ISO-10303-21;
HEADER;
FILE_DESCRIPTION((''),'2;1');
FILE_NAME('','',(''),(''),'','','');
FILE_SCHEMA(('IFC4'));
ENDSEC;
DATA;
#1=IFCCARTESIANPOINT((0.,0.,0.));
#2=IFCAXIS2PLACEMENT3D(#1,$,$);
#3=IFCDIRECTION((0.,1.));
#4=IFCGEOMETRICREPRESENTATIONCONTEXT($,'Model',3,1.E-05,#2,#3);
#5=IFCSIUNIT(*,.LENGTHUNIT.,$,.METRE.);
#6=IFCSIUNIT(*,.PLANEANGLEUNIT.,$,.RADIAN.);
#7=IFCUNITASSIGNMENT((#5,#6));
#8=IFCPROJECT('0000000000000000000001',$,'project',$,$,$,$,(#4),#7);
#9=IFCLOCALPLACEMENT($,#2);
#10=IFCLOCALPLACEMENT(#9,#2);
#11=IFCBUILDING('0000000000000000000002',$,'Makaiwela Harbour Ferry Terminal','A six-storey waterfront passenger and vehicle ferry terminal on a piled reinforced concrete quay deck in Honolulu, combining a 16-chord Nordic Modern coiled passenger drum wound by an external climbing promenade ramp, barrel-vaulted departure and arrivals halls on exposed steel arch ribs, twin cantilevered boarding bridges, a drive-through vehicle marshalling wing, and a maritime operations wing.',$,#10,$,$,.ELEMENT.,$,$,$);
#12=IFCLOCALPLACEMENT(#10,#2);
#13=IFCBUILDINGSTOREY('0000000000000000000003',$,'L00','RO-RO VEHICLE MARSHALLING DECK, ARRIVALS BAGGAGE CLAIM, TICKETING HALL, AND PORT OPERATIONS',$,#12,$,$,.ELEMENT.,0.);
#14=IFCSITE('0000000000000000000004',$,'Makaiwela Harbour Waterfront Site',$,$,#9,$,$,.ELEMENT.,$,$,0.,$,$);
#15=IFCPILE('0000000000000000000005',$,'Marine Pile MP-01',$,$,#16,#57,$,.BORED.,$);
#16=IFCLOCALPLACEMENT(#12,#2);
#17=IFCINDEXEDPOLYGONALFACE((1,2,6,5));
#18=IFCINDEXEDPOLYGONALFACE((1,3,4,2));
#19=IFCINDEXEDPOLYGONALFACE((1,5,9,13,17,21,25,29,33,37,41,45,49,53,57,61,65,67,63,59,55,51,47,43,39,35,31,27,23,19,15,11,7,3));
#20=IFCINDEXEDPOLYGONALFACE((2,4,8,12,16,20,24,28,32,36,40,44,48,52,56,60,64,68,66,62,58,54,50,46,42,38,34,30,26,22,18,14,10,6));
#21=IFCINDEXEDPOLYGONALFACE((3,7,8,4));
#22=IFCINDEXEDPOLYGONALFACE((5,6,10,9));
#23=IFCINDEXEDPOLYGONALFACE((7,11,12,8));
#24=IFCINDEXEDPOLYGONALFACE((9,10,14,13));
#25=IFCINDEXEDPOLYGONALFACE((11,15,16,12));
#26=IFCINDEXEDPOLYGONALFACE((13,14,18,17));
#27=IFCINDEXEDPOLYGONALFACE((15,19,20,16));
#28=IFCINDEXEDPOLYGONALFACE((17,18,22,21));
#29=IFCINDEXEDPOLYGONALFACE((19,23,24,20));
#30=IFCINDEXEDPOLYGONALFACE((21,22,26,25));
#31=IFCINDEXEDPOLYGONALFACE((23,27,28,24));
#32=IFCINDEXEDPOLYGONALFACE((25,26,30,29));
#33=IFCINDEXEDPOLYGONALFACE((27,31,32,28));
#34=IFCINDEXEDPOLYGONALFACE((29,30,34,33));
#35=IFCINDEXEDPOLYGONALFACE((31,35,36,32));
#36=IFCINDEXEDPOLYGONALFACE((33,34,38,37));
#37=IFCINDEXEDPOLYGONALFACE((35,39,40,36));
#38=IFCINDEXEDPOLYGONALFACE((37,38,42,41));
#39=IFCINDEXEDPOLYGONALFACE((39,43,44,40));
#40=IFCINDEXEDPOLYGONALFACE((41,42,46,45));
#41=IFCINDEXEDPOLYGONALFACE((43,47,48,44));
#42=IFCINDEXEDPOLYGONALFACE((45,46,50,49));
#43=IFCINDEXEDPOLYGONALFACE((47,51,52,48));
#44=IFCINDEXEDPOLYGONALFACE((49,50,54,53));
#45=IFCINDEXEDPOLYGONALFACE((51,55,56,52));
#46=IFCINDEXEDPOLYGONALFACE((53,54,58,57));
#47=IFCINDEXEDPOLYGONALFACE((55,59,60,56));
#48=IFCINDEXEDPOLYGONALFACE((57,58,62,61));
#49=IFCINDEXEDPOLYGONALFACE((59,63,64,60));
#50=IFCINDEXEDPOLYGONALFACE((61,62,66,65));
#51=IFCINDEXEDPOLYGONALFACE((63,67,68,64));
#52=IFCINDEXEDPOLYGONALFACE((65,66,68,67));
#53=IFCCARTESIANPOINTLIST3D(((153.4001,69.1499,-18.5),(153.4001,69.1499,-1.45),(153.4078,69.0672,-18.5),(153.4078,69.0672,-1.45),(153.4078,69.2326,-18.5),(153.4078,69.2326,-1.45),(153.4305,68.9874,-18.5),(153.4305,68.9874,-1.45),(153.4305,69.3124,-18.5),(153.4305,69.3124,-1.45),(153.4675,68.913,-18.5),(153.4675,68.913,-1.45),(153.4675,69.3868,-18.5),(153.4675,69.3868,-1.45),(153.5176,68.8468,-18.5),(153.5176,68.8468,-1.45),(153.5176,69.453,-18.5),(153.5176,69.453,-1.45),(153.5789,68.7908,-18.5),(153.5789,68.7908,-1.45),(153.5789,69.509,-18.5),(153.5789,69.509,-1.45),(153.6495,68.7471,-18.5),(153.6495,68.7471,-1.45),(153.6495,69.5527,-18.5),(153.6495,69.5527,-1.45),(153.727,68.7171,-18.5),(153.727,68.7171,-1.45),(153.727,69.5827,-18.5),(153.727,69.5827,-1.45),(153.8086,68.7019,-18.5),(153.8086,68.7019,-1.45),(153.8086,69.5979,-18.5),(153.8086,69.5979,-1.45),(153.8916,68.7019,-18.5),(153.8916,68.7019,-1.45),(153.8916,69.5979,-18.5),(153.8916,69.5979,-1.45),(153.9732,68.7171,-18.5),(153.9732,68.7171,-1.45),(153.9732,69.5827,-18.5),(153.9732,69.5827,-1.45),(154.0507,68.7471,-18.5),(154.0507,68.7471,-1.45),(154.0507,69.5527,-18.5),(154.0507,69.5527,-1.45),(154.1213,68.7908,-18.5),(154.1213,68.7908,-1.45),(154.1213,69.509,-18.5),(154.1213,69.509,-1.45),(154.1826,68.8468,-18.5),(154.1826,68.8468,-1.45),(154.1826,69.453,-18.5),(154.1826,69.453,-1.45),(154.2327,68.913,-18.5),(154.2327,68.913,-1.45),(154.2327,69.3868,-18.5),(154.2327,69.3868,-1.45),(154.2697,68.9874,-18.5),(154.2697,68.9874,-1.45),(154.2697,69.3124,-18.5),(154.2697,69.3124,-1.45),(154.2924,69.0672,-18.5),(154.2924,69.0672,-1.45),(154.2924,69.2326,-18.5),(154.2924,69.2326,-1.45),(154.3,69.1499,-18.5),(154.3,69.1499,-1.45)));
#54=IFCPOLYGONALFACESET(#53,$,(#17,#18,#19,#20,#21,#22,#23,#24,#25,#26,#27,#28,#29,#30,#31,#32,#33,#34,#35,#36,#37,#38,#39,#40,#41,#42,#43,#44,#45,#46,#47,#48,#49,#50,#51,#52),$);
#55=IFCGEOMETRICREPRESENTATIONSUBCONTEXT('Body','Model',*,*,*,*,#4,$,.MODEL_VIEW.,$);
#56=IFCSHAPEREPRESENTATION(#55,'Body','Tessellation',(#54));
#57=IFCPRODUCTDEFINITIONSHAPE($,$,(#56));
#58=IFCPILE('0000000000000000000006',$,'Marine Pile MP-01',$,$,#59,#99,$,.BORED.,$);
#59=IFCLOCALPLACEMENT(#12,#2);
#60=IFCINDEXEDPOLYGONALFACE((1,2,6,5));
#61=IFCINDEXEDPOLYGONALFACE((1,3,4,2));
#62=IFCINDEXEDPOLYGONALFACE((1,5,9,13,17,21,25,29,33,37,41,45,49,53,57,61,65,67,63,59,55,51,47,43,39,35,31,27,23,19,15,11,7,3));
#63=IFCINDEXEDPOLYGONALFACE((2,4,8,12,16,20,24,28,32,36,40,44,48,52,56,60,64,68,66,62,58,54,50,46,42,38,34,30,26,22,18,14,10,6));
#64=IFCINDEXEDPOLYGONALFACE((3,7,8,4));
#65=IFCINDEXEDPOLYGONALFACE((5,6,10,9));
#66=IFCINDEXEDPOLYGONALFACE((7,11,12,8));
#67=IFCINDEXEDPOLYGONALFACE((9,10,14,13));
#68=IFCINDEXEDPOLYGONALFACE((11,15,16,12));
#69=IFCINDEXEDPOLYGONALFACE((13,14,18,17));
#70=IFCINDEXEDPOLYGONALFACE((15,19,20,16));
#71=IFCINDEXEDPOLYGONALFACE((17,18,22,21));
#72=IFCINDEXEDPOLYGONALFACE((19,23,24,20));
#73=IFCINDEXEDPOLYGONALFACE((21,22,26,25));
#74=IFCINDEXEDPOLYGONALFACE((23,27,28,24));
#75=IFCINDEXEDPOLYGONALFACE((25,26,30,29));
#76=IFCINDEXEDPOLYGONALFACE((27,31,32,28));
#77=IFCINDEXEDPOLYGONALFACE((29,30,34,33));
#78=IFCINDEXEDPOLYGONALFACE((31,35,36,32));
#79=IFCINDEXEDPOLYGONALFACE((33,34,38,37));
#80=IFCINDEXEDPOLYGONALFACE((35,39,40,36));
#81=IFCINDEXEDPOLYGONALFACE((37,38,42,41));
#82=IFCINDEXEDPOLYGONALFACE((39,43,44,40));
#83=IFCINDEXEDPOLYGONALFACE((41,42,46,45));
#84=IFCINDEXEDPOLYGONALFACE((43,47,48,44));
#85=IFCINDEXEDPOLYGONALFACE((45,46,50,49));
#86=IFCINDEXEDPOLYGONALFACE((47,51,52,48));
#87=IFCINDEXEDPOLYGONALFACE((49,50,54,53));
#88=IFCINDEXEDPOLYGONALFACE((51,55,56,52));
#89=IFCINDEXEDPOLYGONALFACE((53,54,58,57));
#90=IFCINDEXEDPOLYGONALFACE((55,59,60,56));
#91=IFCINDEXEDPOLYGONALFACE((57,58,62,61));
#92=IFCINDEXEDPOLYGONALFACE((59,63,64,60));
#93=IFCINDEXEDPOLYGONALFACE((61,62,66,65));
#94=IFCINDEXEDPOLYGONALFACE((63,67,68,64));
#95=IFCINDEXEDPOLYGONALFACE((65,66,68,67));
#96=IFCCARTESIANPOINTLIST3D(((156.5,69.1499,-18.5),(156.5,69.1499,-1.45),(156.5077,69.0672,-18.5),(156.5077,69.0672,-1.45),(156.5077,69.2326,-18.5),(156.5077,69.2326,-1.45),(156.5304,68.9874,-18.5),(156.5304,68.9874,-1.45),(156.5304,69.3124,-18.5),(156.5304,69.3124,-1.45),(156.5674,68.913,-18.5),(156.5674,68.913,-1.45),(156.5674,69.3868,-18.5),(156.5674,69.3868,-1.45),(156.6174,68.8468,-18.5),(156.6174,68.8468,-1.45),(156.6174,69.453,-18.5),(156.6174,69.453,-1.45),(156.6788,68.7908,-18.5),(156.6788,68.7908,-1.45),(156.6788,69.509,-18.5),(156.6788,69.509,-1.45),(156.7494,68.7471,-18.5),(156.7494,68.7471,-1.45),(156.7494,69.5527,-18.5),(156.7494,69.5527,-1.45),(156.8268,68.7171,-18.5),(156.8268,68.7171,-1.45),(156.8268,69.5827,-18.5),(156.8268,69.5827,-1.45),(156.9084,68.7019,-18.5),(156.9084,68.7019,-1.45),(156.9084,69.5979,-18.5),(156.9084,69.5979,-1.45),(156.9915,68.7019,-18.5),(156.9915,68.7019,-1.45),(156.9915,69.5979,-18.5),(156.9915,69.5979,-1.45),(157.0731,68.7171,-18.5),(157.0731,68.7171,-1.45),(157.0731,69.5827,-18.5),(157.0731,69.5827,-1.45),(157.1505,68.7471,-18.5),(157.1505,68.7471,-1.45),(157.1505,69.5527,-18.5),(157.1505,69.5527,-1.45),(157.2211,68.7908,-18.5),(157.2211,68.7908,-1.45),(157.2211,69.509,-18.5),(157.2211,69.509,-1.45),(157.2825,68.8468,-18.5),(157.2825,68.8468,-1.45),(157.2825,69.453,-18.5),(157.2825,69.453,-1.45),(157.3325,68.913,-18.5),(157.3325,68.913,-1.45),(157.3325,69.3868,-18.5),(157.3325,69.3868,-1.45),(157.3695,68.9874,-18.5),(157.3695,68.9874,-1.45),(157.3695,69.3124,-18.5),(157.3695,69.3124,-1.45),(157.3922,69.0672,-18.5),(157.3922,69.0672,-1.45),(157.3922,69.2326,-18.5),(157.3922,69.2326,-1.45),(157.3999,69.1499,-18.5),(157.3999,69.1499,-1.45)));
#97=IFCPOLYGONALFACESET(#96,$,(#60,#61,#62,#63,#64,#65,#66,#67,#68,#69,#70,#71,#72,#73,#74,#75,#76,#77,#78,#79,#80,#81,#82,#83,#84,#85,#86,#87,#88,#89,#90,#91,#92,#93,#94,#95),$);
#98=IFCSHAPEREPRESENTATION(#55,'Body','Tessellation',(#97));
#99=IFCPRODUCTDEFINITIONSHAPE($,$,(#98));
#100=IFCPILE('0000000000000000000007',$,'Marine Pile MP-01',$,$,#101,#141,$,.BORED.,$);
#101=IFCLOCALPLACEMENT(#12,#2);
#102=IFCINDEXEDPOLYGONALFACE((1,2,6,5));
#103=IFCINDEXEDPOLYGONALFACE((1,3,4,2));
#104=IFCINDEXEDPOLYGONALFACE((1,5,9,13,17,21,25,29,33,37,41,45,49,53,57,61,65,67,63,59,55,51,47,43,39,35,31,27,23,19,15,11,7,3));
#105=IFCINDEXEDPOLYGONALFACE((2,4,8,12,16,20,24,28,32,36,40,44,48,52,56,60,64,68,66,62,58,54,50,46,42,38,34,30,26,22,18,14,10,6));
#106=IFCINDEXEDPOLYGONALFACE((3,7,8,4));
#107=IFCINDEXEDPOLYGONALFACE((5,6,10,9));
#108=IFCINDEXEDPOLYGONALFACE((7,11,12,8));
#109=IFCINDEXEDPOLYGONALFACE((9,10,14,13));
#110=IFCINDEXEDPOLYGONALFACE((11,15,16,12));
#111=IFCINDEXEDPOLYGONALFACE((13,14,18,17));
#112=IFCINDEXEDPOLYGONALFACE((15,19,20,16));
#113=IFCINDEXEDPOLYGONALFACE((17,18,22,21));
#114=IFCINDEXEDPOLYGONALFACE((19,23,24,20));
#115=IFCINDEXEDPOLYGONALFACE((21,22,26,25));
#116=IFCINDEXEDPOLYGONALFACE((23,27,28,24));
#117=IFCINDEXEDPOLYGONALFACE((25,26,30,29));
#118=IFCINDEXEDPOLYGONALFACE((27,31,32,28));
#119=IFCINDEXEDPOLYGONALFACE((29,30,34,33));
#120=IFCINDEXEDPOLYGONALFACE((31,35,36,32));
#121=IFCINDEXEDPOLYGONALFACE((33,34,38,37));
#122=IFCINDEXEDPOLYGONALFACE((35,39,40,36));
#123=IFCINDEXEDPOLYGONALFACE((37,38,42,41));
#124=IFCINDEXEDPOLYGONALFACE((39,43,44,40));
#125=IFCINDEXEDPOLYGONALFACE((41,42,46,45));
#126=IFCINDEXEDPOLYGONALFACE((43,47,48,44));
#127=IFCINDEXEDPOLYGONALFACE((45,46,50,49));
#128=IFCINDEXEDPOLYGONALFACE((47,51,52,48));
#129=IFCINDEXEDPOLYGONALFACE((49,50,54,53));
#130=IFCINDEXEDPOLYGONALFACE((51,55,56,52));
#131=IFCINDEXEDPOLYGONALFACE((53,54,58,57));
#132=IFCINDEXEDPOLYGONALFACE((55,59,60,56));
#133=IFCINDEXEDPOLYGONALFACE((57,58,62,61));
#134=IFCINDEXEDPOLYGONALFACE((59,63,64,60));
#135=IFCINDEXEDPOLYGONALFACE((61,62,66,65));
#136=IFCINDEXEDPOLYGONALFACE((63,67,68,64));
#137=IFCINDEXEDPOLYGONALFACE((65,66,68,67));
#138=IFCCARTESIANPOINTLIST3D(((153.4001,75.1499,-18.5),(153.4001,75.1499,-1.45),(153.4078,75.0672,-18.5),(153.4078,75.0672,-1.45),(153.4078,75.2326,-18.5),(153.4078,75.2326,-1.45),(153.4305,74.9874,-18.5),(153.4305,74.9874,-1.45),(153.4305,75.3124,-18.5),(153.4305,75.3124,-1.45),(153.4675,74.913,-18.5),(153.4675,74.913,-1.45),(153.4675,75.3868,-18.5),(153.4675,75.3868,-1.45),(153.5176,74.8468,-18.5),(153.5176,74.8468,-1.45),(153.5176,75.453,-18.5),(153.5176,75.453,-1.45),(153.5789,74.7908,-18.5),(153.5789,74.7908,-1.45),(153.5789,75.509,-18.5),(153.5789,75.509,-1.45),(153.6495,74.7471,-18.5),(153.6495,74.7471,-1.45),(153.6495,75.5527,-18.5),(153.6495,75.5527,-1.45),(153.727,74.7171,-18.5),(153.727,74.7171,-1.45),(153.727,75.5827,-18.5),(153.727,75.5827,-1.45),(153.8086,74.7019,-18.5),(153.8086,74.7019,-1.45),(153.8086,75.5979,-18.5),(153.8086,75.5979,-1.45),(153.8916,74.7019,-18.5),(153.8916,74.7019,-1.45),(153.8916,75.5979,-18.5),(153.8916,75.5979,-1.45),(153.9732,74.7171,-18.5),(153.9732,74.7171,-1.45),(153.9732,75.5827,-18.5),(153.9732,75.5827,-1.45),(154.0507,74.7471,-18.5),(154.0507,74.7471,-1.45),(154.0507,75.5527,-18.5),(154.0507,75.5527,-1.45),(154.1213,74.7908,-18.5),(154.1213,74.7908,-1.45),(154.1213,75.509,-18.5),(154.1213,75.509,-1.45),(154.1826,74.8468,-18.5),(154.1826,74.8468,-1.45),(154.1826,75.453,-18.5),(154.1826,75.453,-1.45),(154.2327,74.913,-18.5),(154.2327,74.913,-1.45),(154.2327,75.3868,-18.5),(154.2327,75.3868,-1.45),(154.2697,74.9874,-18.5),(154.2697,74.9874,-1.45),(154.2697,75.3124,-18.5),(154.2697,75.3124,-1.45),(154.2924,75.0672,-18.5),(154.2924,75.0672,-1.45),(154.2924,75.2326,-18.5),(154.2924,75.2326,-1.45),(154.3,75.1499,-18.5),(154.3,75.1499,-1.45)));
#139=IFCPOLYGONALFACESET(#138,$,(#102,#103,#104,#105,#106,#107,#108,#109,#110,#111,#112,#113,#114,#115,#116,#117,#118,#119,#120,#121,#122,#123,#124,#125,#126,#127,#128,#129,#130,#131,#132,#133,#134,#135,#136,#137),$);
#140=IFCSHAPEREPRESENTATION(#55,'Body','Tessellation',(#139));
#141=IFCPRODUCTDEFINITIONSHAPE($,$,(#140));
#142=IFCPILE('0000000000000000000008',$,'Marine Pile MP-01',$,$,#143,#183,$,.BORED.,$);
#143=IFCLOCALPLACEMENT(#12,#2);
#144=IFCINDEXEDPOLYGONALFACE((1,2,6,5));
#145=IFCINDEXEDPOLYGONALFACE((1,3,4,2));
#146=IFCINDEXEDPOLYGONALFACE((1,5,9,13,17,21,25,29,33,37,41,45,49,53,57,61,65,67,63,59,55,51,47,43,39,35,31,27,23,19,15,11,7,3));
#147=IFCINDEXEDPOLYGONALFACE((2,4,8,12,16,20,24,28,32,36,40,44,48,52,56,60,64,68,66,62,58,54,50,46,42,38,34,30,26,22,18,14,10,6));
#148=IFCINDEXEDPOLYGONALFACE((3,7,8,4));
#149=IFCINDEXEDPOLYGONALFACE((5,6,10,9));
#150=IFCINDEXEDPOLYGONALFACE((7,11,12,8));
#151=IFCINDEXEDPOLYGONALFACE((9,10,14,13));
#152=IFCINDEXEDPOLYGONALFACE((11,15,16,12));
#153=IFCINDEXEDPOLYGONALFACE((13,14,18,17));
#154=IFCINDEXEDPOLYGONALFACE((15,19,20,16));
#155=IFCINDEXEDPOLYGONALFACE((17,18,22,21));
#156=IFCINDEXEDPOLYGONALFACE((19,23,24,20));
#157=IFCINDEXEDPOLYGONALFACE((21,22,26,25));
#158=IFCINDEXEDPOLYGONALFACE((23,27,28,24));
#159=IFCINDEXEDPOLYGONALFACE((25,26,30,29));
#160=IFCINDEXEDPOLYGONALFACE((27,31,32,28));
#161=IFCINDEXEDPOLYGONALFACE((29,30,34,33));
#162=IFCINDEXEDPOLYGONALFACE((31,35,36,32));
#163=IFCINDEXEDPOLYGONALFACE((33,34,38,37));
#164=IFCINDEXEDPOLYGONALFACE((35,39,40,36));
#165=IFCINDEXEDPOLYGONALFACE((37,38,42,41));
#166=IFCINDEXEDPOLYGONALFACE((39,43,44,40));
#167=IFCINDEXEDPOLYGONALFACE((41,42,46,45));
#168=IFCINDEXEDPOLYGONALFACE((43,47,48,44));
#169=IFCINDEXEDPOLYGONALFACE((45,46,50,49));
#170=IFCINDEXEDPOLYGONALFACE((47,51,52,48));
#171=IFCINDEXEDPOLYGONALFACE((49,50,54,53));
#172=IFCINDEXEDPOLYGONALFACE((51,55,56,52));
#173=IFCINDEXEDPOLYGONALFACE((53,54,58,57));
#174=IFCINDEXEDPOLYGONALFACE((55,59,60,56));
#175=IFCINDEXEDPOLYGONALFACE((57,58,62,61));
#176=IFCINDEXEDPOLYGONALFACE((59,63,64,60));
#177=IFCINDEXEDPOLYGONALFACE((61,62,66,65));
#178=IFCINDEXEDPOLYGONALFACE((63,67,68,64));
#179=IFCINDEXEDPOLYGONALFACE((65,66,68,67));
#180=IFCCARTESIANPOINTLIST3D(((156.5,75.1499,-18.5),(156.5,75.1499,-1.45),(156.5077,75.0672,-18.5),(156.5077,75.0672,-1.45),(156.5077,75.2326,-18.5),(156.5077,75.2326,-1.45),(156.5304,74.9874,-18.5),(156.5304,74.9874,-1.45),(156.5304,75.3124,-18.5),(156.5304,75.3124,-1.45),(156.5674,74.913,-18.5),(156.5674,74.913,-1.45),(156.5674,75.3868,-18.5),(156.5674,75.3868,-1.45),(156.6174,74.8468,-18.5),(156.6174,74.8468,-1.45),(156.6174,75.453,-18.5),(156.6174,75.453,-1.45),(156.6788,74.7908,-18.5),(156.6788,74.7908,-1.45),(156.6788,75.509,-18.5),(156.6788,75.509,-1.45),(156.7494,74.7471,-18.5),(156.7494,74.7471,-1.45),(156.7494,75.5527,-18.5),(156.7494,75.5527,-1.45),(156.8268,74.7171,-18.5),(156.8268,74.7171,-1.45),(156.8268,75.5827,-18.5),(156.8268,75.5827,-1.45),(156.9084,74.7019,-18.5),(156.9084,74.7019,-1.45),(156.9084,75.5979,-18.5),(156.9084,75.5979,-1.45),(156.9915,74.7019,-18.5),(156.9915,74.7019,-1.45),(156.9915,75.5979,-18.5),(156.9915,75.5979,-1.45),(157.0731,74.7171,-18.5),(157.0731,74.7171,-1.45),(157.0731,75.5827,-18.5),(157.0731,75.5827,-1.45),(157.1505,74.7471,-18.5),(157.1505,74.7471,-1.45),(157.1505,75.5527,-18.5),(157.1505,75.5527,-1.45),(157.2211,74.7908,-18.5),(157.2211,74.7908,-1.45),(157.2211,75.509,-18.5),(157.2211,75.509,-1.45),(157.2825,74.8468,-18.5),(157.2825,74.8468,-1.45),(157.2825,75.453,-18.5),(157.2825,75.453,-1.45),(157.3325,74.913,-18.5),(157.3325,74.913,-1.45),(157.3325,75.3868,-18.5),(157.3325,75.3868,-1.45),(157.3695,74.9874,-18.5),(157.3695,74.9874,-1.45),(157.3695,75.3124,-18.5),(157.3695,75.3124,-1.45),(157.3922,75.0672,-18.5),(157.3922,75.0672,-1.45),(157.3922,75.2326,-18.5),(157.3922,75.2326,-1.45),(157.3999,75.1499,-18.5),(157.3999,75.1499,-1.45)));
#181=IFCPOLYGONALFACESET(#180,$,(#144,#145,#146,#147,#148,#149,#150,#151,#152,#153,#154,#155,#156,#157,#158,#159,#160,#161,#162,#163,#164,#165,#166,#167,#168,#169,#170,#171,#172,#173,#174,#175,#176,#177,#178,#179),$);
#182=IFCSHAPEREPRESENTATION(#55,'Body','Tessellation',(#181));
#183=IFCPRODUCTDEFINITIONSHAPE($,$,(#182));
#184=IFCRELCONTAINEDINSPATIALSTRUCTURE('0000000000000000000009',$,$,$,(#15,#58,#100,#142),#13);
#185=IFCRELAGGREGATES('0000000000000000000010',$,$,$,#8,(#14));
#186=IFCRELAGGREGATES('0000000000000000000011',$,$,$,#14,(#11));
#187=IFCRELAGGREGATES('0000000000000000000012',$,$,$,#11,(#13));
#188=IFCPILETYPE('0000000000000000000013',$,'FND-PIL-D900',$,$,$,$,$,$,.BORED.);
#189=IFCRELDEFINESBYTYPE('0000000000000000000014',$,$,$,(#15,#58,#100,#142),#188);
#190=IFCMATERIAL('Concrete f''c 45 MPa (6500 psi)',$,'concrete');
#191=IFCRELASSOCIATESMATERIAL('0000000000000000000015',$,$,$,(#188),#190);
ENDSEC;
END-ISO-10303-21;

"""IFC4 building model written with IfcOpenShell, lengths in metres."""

from ifc_helpers import new_model, si_unit, direction, frame, origin, origin_2d, place, context, subcontext, project, spatial, circle, extrude, material, material_profile, profile_set, type_object, element, save


model = new_model("IFC4")

# Units and contexts
model_context = context("Model", 3, precision=1e-05, world=origin(), true_north=direction((0.0, 1.0)))
body_context = subcontext(model_context, "Body", "Model", "MODEL_VIEW")
ifc_project = project(units=[si_unit("LENGTHUNIT", "METRE"), si_unit("PLANEANGLEUNIT", "RADIAN")], contexts=[model_context])

# Site, building, storey
site_placement = place(None, origin())
site = spatial("IfcSite", under=ifc_project, at=site_placement, Name="Makaiwela Harbour Waterfront Site", CompositionType="ELEMENT", RefElevation=0.0)
building_placement = place(site_placement, origin())
building = spatial("IfcBuilding", under=site, at=building_placement, Name="Makaiwela Harbour Ferry Terminal", Description="A six-storey waterfront passenger and vehicle ferry terminal on a piled reinforced concrete quay deck in Honolulu, combining a 16-chord Nordic Modern coiled passenger drum wound by an external climbing promenade ramp, barrel-vaulted departure and arrivals halls on exposed steel arch ribs, twin cantilevered boarding bridges, a drive-through vehicle marshalling wing, and a maritime operations wing.", CompositionType="ELEMENT")
storey_placement = place(building_placement, origin())
storey = spatial("IfcBuildingStorey", under=building, at=storey_placement, Name="L00", Description="RO-RO VEHICLE MARSHALLING DECK, ARRIVALS BAGGAGE CLAIM, TICKETING HALL, AND PORT OPERATIONS", CompositionType="ELEMENT", Elevation=0.0)

# Shared definitions
ifc_material_1 = material(Name="Concrete f'c 45 MPa (6500 psi)", Category="concrete")

# Piles
ifc_material_profile_1 = material_profile(ifc_material_1, circle(Radius=0.45, at=origin_2d()), Name="PILE-D900")
ifc_profile_set_1 = profile_set([ifc_material_profile_1], Name="Concrete f'c 45 MPa (6500 psi)")
pile_type = type_object("IfcPileType", Name="FND-PIL-D900", PredefinedType="BORED", material=ifc_profile_set_1)
for number, where, z_axis, x_axis, name in (
    (1, (153.8501, 69.1499, -1.45), (0.0, 0.0, -1.0), (1.0, 0.0, 0.0), "Marine Pile MP-01"),
    (2, (156.95, 69.1499, -1.45), (0.0, 0.0, -1.0), (1.0, 0.0, 0.0), "Marine Pile MP-01"),
    (3, (153.8501, 75.1499, -1.45), (0.0, 0.0, -1.0), (1.0, 0.0, 0.0), "Marine Pile MP-01"),
    (4, (156.95, 75.1499, -1.45), (0.0, 0.0, -1.0), (1.0, 0.0, 0.0), "Marine Pile MP-01"),
):
    element("IfcPile", number, at=place(storey_placement, frame(where, z_axis=z_axis, x_axis=x_axis)), inside=storey, type_object=pile_type, Name=name, PredefinedType="BORED", context=body_context, shape_type="SweptSolid", body=[
        extrude(circle(Radius=0.45, at=origin_2d()), origin(), (0.0, 0.0, 1.0), 17.05),
    ])

save(model, "model.ifc")
